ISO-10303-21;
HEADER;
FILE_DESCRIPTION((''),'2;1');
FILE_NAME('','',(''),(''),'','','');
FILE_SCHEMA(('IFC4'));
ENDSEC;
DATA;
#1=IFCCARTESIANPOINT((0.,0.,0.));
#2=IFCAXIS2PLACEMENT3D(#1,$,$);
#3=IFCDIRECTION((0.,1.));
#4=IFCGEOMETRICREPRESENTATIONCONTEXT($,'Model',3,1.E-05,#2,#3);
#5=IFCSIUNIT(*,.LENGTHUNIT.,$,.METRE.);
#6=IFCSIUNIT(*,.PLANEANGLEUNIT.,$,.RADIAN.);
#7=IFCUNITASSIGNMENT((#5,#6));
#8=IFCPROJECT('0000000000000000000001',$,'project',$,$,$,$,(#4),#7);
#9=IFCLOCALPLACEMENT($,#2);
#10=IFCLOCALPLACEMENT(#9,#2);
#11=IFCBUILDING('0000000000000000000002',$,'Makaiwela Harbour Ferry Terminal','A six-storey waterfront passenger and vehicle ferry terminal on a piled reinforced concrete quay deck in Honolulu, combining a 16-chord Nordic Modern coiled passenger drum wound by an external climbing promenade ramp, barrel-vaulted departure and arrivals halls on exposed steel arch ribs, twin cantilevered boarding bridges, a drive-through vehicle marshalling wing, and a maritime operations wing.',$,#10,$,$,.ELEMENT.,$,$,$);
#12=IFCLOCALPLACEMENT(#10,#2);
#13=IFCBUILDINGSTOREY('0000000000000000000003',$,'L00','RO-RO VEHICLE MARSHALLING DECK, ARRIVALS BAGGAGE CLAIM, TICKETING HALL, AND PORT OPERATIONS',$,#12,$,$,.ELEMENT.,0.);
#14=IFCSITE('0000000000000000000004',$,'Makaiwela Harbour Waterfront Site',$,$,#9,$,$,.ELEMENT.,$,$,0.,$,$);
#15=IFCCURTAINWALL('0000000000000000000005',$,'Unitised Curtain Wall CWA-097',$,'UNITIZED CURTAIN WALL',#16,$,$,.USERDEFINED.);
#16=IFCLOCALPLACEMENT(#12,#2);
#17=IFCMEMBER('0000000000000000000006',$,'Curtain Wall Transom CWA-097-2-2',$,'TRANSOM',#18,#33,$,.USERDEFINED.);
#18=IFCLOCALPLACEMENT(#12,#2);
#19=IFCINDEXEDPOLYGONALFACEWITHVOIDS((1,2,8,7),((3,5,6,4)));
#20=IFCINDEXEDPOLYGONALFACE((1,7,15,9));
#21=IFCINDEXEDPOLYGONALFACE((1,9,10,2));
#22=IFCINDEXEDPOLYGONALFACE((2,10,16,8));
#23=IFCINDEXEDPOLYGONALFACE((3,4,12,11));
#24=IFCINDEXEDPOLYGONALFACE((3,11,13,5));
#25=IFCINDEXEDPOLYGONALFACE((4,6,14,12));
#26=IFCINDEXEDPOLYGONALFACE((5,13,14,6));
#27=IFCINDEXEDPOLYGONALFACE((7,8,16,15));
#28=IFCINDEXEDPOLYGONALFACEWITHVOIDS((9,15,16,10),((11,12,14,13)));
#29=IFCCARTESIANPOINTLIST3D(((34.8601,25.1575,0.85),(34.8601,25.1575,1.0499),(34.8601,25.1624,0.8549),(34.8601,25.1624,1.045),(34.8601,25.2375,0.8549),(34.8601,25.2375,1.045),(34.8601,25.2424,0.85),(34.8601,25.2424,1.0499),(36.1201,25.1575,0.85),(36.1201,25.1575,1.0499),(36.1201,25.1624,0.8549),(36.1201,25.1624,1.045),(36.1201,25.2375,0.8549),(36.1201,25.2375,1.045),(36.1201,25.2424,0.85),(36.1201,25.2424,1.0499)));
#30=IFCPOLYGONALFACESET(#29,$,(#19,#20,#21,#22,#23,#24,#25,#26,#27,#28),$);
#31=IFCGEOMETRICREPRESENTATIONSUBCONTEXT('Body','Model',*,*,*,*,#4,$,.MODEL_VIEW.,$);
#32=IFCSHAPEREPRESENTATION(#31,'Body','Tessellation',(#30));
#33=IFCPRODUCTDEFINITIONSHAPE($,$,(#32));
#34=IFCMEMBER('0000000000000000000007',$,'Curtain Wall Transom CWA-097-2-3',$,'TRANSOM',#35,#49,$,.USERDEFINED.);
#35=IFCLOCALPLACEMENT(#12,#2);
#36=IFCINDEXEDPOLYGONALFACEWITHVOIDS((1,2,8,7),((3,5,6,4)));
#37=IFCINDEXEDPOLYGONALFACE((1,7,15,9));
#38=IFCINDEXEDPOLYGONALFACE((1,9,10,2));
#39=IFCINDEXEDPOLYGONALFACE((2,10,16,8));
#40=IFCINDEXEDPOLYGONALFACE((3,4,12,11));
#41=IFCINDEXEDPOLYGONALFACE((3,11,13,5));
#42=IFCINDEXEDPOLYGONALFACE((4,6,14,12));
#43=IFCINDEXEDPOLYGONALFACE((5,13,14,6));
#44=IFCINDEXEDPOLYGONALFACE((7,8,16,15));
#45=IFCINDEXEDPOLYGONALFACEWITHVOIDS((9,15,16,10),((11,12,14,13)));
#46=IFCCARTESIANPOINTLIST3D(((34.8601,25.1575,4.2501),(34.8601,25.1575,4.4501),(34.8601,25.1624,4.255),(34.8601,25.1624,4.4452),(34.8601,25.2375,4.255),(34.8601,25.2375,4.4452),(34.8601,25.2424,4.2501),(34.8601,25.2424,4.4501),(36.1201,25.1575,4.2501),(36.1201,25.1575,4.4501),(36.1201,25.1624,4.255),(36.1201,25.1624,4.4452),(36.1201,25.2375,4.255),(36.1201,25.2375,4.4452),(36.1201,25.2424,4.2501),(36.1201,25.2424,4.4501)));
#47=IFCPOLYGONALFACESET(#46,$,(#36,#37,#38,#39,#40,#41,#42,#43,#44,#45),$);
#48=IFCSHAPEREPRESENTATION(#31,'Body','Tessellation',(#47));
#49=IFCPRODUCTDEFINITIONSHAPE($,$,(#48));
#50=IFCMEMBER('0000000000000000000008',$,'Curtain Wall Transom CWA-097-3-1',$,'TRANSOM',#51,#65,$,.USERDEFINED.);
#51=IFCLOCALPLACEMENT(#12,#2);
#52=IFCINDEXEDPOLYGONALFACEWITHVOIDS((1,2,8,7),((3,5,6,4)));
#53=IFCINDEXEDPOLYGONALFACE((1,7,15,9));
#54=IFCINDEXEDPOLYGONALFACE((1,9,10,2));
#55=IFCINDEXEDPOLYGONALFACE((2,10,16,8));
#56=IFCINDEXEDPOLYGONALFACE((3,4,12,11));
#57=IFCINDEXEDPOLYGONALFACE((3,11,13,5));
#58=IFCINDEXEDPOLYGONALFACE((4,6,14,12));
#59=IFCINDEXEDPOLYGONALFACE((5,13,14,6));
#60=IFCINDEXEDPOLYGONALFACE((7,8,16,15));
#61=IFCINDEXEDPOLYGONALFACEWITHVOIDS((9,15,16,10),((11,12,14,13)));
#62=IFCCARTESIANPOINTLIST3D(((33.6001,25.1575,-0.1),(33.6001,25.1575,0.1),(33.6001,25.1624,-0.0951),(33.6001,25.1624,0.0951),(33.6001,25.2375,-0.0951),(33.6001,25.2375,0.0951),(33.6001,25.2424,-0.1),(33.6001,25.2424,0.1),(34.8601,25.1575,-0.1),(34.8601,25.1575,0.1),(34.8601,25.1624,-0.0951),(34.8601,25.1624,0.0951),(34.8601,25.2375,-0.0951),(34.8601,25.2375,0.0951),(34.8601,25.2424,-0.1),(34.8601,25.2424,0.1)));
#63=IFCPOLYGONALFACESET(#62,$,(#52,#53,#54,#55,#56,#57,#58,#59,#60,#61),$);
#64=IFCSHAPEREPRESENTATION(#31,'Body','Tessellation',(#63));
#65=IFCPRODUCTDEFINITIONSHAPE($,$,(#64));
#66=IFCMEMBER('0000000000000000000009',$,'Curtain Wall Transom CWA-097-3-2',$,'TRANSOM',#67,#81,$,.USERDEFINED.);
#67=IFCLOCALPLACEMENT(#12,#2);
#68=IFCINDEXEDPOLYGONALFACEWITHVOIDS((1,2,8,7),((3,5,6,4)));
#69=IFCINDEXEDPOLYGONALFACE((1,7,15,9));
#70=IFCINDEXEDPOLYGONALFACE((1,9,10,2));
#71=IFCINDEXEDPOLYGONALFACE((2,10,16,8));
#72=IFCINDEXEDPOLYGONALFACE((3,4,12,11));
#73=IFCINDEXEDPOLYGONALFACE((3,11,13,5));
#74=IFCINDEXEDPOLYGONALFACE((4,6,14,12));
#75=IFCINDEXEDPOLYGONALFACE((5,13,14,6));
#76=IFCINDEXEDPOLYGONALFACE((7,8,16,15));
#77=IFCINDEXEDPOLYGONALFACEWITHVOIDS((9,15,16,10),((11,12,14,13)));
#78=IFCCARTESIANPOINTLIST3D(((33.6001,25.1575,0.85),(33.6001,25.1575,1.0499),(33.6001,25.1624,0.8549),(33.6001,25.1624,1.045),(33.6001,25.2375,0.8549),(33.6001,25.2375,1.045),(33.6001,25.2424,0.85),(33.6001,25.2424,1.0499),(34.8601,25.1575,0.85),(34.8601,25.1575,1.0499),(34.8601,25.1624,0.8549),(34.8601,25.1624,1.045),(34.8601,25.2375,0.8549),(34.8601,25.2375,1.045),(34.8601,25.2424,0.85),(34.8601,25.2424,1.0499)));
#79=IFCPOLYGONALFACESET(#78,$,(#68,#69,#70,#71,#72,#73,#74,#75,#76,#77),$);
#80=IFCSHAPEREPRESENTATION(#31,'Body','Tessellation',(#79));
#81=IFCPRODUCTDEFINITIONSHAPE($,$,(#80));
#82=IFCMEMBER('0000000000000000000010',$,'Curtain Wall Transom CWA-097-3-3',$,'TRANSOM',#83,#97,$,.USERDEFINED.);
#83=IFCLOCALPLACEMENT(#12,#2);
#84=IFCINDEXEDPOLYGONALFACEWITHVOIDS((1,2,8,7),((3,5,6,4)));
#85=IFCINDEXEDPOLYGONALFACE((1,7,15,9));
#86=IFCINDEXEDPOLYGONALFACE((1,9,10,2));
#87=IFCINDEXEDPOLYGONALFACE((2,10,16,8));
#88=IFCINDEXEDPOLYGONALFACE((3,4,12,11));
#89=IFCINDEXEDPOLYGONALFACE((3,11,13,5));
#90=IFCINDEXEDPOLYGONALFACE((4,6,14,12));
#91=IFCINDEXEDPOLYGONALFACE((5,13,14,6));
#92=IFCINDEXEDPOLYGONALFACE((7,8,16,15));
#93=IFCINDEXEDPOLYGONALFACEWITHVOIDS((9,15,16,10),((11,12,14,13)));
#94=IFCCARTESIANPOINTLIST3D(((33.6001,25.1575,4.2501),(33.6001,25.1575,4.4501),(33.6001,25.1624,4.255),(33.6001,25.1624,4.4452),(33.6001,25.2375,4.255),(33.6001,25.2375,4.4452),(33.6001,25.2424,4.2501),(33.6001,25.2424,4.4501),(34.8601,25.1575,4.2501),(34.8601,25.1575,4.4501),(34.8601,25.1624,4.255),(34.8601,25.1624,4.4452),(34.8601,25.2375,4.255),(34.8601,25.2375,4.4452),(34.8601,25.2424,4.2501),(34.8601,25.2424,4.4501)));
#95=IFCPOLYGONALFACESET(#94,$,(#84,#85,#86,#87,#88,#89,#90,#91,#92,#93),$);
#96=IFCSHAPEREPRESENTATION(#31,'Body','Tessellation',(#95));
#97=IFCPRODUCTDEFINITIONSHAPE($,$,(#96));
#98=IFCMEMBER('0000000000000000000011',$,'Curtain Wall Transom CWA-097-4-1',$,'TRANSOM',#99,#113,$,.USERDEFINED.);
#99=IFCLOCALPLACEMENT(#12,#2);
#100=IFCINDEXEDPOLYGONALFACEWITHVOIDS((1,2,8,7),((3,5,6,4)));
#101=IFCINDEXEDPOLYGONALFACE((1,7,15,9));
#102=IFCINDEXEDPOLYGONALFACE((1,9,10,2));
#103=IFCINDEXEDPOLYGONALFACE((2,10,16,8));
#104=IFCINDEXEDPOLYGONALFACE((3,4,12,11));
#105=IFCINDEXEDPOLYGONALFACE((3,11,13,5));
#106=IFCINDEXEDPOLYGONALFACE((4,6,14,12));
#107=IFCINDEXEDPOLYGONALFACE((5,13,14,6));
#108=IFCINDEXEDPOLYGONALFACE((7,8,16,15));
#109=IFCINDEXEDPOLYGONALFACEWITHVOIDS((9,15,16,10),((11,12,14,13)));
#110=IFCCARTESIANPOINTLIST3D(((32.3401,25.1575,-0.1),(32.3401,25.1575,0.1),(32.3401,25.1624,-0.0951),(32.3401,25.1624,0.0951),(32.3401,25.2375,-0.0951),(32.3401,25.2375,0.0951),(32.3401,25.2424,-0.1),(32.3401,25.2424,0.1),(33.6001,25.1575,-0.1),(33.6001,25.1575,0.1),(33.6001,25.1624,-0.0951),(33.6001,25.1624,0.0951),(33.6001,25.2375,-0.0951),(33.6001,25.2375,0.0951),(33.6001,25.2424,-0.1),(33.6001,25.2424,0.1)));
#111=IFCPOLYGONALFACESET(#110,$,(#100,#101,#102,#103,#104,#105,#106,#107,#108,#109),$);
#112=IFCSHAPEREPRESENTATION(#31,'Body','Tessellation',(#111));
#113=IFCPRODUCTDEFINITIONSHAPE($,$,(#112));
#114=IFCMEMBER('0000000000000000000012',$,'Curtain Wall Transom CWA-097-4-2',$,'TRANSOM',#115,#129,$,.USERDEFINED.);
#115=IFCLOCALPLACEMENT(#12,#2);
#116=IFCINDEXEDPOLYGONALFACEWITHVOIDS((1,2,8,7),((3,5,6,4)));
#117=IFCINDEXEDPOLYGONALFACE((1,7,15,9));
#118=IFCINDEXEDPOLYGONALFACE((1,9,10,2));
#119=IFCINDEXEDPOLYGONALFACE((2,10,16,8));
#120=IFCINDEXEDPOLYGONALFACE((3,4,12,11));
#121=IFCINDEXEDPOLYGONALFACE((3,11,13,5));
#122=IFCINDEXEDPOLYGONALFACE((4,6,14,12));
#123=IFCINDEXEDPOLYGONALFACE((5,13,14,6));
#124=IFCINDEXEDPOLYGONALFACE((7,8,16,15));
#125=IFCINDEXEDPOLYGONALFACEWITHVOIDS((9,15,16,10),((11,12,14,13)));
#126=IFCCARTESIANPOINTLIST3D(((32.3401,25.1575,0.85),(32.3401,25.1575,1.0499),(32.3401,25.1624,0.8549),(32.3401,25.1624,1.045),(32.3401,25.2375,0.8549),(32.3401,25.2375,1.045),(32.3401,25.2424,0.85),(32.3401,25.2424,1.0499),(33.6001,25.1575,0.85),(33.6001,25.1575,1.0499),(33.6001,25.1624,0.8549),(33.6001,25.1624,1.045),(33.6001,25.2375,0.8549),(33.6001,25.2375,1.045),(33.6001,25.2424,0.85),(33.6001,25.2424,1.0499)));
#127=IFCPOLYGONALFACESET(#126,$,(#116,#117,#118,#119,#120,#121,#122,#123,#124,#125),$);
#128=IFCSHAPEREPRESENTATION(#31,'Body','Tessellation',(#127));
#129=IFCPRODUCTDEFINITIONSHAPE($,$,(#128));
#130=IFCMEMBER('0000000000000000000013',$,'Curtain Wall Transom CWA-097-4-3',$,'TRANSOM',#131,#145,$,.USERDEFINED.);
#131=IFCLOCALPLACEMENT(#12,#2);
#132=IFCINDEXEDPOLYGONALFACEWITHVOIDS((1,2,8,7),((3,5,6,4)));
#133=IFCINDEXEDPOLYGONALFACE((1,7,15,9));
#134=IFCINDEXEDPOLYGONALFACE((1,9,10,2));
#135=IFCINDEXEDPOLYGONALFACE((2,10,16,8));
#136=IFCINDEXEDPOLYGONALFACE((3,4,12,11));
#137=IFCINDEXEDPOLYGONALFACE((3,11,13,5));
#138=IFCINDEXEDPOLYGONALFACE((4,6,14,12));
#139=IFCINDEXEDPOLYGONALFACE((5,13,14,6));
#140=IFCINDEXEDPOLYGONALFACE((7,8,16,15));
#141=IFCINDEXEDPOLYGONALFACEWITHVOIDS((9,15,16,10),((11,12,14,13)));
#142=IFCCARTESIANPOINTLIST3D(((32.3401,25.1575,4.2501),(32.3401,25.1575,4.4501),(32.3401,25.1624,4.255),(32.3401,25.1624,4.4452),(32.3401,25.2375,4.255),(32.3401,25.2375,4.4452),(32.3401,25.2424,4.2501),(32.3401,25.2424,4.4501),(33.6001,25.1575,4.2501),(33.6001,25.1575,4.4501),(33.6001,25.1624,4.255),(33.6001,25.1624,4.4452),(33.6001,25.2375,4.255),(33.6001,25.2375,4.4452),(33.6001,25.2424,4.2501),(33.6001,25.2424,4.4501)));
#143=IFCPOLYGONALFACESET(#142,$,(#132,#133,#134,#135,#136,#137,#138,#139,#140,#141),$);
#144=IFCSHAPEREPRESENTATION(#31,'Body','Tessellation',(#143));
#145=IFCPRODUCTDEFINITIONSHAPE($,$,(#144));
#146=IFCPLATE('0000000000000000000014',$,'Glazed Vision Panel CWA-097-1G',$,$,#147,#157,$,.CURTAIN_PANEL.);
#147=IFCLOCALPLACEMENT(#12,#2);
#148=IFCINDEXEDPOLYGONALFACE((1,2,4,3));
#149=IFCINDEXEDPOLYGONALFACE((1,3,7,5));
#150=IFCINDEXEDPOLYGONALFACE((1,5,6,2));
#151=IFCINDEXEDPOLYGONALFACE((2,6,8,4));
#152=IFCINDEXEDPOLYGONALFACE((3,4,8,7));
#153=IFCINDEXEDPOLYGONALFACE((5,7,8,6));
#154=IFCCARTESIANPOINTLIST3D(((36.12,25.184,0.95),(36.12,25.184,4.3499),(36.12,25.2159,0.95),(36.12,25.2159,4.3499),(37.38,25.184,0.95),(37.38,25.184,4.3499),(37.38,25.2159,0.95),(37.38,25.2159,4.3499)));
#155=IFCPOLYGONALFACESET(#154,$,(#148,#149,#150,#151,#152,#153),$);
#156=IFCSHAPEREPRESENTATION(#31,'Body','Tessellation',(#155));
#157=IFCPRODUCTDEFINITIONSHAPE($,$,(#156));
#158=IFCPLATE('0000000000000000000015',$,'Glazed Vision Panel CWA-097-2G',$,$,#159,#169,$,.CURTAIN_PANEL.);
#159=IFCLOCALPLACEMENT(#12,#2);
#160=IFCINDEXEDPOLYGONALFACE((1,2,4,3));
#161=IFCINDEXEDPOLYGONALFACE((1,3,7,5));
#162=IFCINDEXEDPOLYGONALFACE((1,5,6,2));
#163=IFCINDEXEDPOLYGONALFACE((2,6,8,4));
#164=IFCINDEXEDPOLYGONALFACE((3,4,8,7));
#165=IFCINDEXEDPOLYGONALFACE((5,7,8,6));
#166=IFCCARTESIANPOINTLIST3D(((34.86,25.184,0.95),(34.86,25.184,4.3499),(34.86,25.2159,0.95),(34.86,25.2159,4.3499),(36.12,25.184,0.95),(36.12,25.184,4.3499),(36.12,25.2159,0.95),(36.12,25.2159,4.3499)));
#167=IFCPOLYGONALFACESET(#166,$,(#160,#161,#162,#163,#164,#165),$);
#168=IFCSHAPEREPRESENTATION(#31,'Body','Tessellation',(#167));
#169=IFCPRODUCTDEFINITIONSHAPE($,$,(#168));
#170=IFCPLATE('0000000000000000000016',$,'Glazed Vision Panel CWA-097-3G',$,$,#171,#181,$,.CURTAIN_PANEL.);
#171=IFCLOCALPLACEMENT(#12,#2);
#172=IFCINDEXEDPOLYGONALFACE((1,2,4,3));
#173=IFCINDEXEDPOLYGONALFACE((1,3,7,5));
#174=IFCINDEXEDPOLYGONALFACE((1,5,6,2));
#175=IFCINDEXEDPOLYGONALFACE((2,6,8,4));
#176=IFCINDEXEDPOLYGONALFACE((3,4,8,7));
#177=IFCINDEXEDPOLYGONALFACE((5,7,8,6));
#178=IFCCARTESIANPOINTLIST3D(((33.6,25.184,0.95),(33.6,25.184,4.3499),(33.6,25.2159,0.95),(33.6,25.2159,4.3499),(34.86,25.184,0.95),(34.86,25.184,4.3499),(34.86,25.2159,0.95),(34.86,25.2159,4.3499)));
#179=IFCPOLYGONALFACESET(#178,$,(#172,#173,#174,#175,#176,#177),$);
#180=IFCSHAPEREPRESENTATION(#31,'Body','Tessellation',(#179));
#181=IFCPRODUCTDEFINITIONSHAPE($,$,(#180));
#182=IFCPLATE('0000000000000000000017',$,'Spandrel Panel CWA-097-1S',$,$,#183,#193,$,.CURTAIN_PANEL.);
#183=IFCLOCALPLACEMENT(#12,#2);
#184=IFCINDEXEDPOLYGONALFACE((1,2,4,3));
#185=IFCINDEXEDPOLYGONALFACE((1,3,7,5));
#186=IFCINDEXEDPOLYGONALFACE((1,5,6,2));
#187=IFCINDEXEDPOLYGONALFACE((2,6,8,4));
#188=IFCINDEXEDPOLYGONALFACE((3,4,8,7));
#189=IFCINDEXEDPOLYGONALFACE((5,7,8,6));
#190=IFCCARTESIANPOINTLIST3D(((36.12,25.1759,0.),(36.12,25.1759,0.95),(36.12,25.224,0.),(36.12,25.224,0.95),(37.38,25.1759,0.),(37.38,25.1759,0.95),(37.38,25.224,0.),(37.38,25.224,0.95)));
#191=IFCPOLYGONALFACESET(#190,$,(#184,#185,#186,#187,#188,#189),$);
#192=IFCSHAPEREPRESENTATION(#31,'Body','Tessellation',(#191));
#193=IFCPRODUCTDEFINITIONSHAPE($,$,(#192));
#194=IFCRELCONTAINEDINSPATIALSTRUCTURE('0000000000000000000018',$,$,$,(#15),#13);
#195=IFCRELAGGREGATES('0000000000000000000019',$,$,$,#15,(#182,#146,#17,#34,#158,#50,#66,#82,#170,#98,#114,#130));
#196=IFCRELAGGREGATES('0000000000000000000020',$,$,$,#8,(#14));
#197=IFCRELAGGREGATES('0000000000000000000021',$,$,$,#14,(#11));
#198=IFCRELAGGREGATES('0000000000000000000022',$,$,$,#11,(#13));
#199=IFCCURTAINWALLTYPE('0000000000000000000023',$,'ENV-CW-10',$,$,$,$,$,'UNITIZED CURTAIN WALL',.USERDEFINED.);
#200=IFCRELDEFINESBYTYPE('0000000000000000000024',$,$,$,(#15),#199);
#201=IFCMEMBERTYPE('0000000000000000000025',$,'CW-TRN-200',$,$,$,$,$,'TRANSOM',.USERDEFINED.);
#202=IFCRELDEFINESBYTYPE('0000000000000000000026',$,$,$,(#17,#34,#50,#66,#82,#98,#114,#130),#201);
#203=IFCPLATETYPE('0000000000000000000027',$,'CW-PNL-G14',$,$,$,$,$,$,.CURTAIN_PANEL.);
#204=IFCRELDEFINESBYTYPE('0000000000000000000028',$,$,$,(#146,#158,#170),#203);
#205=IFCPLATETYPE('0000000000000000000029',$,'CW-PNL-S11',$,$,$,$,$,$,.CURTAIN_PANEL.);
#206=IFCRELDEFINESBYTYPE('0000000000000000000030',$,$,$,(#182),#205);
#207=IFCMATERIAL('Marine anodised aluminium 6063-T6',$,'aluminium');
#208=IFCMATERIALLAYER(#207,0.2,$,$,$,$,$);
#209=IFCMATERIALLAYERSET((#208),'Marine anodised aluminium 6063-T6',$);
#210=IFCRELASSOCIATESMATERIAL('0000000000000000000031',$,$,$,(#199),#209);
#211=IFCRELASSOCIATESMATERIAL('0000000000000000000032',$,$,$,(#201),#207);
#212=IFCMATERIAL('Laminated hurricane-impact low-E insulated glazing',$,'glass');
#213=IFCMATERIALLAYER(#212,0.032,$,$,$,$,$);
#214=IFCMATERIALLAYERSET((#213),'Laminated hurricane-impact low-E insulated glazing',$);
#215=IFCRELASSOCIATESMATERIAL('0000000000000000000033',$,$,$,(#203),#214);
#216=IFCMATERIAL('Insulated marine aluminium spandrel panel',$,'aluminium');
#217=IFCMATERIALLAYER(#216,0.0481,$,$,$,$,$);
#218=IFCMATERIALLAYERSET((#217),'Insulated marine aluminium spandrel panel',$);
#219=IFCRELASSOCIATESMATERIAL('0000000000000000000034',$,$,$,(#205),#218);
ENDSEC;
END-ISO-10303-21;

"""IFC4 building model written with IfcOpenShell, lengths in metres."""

from ifc_helpers import new_model, si_unit, direction, frame, origin, origin_2d, place, context, subcontext, project, spatial, rectangle, hollow_rectangle, extrude, material, layer, layer_set, material_profile, profile_set, type_object, element, aggregate, save


model = new_model("IFC4")

# Units and contexts
model_context = context("Model", 3, precision=1e-05, world=origin(), true_north=direction((0.0, 1.0)))
body_context = subcontext(model_context, "Body", "Model", "MODEL_VIEW")
ifc_project = project(units=[si_unit("LENGTHUNIT", "METRE"), si_unit("PLANEANGLEUNIT", "RADIAN")], contexts=[model_context])

# Site, building, storey
site_placement = place(None, origin())
site = spatial("IfcSite", under=ifc_project, at=site_placement, Name="Makaiwela Harbour Waterfront Site", CompositionType="ELEMENT", RefElevation=0.0)
building_placement = place(site_placement, origin())
building = spatial("IfcBuilding", under=site, at=building_placement, Name="Makaiwela Harbour Ferry Terminal", Description="A six-storey waterfront passenger and vehicle ferry terminal on a piled reinforced concrete quay deck in Honolulu, combining a 16-chord Nordic Modern coiled passenger drum wound by an external climbing promenade ramp, barrel-vaulted departure and arrivals halls on exposed steel arch ribs, twin cantilevered boarding bridges, a drive-through vehicle marshalling wing, and a maritime operations wing.", CompositionType="ELEMENT")
storey_placement = place(building_placement, origin())
storey = spatial("IfcBuildingStorey", under=building, at=storey_placement, Name="L00", Description="RO-RO VEHICLE MARSHALLING DECK, ARRIVALS BAGGAGE CLAIM, TICKETING HALL, AND PORT OPERATIONS", CompositionType="ELEMENT", Elevation=0.0)

# Curtain wall, members, plates
ifc_material_1 = material(Name="Marine anodised aluminium 6063-T6", Category="aluminium")
ifc_layer_1 = layer(ifc_material_1, 0.2)
ifc_layer_set_1 = layer_set([ifc_layer_1], Name="Marine anodised aluminium 6063-T6")
curtain_wall_type = type_object("IfcCurtainWallType", Name="ENV-CW-10", ElementType="UNITIZED CURTAIN WALL", PredefinedType="USERDEFINED", material=ifc_layer_set_1)
curtain_wall_placement = place(storey_placement, origin())
curtain_wall = element("IfcCurtainWall", 1, at=curtain_wall_placement, inside=storey, type_object=curtain_wall_type, Name="Unitised Curtain Wall CWA-097", ObjectType="UNITIZED CURTAIN WALL", PredefinedType="USERDEFINED")
ifc_material_profile_1 = material_profile(ifc_material_1, hollow_rectangle(XDim=0.085, YDim=0.2, WallThickness=0.0049, at=origin_2d()), Name="CWT-200X85")
ifc_profile_set_1 = profile_set([ifc_material_profile_1], Name="Marine anodised aluminium 6063-T6")
member_type_1 = type_object("IfcMemberType", Name="CW-TRN-200", ElementType="TRANSOM", PredefinedType="USERDEFINED", material=ifc_profile_set_1)
member_1_placement = place(storey_placement, frame((36.1201, 25.2, 0.95), z_axis=(-1.0, 0.0, 0.0), x_axis=(0.0, -1.0, 0.0)))
member_1 = element("IfcMember", 2, at=member_1_placement, type_object=member_type_1, Name="Curtain Wall Transom CWA-097-2-2", ObjectType="TRANSOM", PredefinedType="USERDEFINED", context=body_context, shape_type="SweptSolid", body=[
    extrude(hollow_rectangle(XDim=0.085, YDim=0.2, WallThickness=0.0049, at=origin_2d()), origin(), (0.0, 0.0, 1.0), 1.26),
])
member_2_placement = place(storey_placement, frame((36.1201, 25.2, 4.3501), z_axis=(-1.0, 0.0, 0.0), x_axis=(0.0, -1.0, 0.0)))
member_2 = element("IfcMember", 3, at=member_2_placement, type_object=member_type_1, Name="Curtain Wall Transom CWA-097-2-3", ObjectType="TRANSOM", PredefinedType="USERDEFINED", context=body_context, shape_type="SweptSolid", body=[
    extrude(hollow_rectangle(XDim=0.085, YDim=0.2, WallThickness=0.0049, at=origin_2d()), origin(), (0.0, 0.0, 1.0), 1.26),
])
member_3_placement = place(storey_placement, frame((34.8601, 25.2, 0.0), z_axis=(-1.0, 0.0, 0.0), x_axis=(0.0, -1.0, 0.0)))
member_3 = element("IfcMember", 4, at=member_3_placement, type_object=member_type_1, Name="Curtain Wall Transom CWA-097-3-1", ObjectType="TRANSOM", PredefinedType="USERDEFINED", context=body_context, shape_type="SweptSolid", body=[
    extrude(hollow_rectangle(XDim=0.085, YDim=0.2, WallThickness=0.0049, at=origin_2d()), origin(), (0.0, 0.0, 1.0), 1.26),
])
member_4_placement = place(storey_placement, frame((34.8601, 25.2, 0.95), z_axis=(-1.0, 0.0, 0.0), x_axis=(0.0, -1.0, 0.0)))
member_4 = element("IfcMember", 5, at=member_4_placement, type_object=member_type_1, Name="Curtain Wall Transom CWA-097-3-2", ObjectType="TRANSOM", PredefinedType="USERDEFINED", context=body_context, shape_type="SweptSolid", body=[
    extrude(hollow_rectangle(XDim=0.085, YDim=0.2, WallThickness=0.0049, at=origin_2d()), origin(), (0.0, 0.0, 1.0), 1.26),
])
member_5_placement = place(storey_placement, frame((34.8601, 25.2, 4.3501), z_axis=(-1.0, 0.0, 0.0), x_axis=(0.0, -1.0, 0.0)))
member_5 = element("IfcMember", 6, at=member_5_placement, type_object=member_type_1, Name="Curtain Wall Transom CWA-097-3-3", ObjectType="TRANSOM", PredefinedType="USERDEFINED", context=body_context, shape_type="SweptSolid", body=[
    extrude(hollow_rectangle(XDim=0.085, YDim=0.2, WallThickness=0.0049, at=origin_2d()), origin(), (0.0, 0.0, 1.0), 1.26),
])
member_6_placement = place(storey_placement, frame((33.6001, 25.2, 0.0), z_axis=(-1.0, 0.0, 0.0), x_axis=(0.0, -1.0, 0.0)))
member_6 = element("IfcMember", 7, at=member_6_placement, type_object=member_type_1, Name="Curtain Wall Transom CWA-097-4-1", ObjectType="TRANSOM", PredefinedType="USERDEFINED", context=body_context, shape_type="SweptSolid", body=[
    extrude(hollow_rectangle(XDim=0.085, YDim=0.2, WallThickness=0.0049, at=origin_2d()), origin(), (0.0, 0.0, 1.0), 1.26),
])
member_7_placement = place(storey_placement, frame((33.6001, 25.2, 0.95), z_axis=(-1.0, 0.0, 0.0), x_axis=(0.0, -1.0, 0.0)))
member_7 = element("IfcMember", 8, at=member_7_placement, type_object=member_type_1, Name="Curtain Wall Transom CWA-097-4-2", ObjectType="TRANSOM", PredefinedType="USERDEFINED", context=body_context, shape_type="SweptSolid", body=[
    extrude(hollow_rectangle(XDim=0.085, YDim=0.2, WallThickness=0.0049, at=origin_2d()), origin(), (0.0, 0.0, 1.0), 1.26),
])
member_8_placement = place(storey_placement, frame((33.6001, 25.2, 4.3501), z_axis=(-1.0, 0.0, 0.0), x_axis=(0.0, -1.0, 0.0)))
member_8 = element("IfcMember", 9, at=member_8_placement, type_object=member_type_1, Name="Curtain Wall Transom CWA-097-4-3", ObjectType="TRANSOM", PredefinedType="USERDEFINED", context=body_context, shape_type="SweptSolid", body=[
    extrude(hollow_rectangle(XDim=0.085, YDim=0.2, WallThickness=0.0049, at=origin_2d()), origin(), (0.0, 0.0, 1.0), 1.26),
])
ifc_material_2 = material(Name="Laminated hurricane-impact low-E insulated glazing", Category="glass")
ifc_layer_2 = layer(ifc_material_2, 0.032)
ifc_layer_set_2 = layer_set([ifc_layer_2], Name="Laminated hurricane-impact low-E insulated glazing")
plate_type_1 = type_object("IfcPlateType", Name="CW-PNL-G14", PredefinedType="CURTAIN_PANEL", material=ifc_layer_set_2)
plate_1_placement = place(storey_placement, frame((36.75, 25.2, 0.95), z_axis=(0.0, 0.0, 1.0), x_axis=(-1.0, 0.0, 0.0)))
plate_1 = element("IfcPlate", 10, at=plate_1_placement, type_object=plate_type_1, Name="Glazed Vision Panel CWA-097-1G", PredefinedType="CURTAIN_PANEL", context=body_context, shape_type="SweptSolid", body=[
    extrude(rectangle(XDim=1.26, YDim=0.032, at=origin_2d()), origin(), (0.0, 0.0, 1.0), 3.3999),
])
plate_2_placement = place(storey_placement, frame((35.49, 25.2, 0.95), z_axis=(0.0, 0.0, 1.0), x_axis=(-1.0, 0.0, 0.0)))
plate_2 = element("IfcPlate", 11, at=plate_2_placement, type_object=plate_type_1, Name="Glazed Vision Panel CWA-097-2G", PredefinedType="CURTAIN_PANEL", context=body_context, shape_type="SweptSolid", body=[
    extrude(rectangle(XDim=1.26, YDim=0.032, at=origin_2d()), origin(), (0.0, 0.0, 1.0), 3.3999),
])
plate_3_placement = place(storey_placement, frame((34.23, 25.2, 0.95), z_axis=(0.0, 0.0, 1.0), x_axis=(-1.0, 0.0, 0.0)))
plate_3 = element("IfcPlate", 12, at=plate_3_placement, type_object=plate_type_1, Name="Glazed Vision Panel CWA-097-3G", PredefinedType="CURTAIN_PANEL", context=body_context, shape_type="SweptSolid", body=[
    extrude(rectangle(XDim=1.26, YDim=0.032, at=origin_2d()), origin(), (0.0, 0.0, 1.0), 3.3999),
])
ifc_material_3 = material(Name="Insulated marine aluminium spandrel panel", Category="aluminium")
ifc_layer_3 = layer(ifc_material_3, 0.0481)
ifc_layer_set_3 = layer_set([ifc_layer_3], Name="Insulated marine aluminium spandrel panel")
plate_type_2 = type_object("IfcPlateType", Name="CW-PNL-S11", PredefinedType="CURTAIN_PANEL", material=ifc_layer_set_3)
plate_4_placement = place(storey_placement, frame((36.75, 25.2, 0.0), z_axis=(0.0, 0.0, 1.0), x_axis=(-1.0, 0.0, 0.0)))
plate_4 = element("IfcPlate", 13, at=plate_4_placement, type_object=plate_type_2, Name="Spandrel Panel CWA-097-1S", PredefinedType="CURTAIN_PANEL", context=body_context, shape_type="SweptSolid", body=[
    extrude(rectangle(XDim=1.26, YDim=0.0481, at=origin_2d()), origin(), (0.0, 0.0, 1.0), 0.95),
])
aggregate(curtain_wall, [plate_4, plate_1, member_1, member_2, plate_2, member_3, member_4, member_5, plate_3, member_6, member_7, member_8])

save(model, "model.ifc")
